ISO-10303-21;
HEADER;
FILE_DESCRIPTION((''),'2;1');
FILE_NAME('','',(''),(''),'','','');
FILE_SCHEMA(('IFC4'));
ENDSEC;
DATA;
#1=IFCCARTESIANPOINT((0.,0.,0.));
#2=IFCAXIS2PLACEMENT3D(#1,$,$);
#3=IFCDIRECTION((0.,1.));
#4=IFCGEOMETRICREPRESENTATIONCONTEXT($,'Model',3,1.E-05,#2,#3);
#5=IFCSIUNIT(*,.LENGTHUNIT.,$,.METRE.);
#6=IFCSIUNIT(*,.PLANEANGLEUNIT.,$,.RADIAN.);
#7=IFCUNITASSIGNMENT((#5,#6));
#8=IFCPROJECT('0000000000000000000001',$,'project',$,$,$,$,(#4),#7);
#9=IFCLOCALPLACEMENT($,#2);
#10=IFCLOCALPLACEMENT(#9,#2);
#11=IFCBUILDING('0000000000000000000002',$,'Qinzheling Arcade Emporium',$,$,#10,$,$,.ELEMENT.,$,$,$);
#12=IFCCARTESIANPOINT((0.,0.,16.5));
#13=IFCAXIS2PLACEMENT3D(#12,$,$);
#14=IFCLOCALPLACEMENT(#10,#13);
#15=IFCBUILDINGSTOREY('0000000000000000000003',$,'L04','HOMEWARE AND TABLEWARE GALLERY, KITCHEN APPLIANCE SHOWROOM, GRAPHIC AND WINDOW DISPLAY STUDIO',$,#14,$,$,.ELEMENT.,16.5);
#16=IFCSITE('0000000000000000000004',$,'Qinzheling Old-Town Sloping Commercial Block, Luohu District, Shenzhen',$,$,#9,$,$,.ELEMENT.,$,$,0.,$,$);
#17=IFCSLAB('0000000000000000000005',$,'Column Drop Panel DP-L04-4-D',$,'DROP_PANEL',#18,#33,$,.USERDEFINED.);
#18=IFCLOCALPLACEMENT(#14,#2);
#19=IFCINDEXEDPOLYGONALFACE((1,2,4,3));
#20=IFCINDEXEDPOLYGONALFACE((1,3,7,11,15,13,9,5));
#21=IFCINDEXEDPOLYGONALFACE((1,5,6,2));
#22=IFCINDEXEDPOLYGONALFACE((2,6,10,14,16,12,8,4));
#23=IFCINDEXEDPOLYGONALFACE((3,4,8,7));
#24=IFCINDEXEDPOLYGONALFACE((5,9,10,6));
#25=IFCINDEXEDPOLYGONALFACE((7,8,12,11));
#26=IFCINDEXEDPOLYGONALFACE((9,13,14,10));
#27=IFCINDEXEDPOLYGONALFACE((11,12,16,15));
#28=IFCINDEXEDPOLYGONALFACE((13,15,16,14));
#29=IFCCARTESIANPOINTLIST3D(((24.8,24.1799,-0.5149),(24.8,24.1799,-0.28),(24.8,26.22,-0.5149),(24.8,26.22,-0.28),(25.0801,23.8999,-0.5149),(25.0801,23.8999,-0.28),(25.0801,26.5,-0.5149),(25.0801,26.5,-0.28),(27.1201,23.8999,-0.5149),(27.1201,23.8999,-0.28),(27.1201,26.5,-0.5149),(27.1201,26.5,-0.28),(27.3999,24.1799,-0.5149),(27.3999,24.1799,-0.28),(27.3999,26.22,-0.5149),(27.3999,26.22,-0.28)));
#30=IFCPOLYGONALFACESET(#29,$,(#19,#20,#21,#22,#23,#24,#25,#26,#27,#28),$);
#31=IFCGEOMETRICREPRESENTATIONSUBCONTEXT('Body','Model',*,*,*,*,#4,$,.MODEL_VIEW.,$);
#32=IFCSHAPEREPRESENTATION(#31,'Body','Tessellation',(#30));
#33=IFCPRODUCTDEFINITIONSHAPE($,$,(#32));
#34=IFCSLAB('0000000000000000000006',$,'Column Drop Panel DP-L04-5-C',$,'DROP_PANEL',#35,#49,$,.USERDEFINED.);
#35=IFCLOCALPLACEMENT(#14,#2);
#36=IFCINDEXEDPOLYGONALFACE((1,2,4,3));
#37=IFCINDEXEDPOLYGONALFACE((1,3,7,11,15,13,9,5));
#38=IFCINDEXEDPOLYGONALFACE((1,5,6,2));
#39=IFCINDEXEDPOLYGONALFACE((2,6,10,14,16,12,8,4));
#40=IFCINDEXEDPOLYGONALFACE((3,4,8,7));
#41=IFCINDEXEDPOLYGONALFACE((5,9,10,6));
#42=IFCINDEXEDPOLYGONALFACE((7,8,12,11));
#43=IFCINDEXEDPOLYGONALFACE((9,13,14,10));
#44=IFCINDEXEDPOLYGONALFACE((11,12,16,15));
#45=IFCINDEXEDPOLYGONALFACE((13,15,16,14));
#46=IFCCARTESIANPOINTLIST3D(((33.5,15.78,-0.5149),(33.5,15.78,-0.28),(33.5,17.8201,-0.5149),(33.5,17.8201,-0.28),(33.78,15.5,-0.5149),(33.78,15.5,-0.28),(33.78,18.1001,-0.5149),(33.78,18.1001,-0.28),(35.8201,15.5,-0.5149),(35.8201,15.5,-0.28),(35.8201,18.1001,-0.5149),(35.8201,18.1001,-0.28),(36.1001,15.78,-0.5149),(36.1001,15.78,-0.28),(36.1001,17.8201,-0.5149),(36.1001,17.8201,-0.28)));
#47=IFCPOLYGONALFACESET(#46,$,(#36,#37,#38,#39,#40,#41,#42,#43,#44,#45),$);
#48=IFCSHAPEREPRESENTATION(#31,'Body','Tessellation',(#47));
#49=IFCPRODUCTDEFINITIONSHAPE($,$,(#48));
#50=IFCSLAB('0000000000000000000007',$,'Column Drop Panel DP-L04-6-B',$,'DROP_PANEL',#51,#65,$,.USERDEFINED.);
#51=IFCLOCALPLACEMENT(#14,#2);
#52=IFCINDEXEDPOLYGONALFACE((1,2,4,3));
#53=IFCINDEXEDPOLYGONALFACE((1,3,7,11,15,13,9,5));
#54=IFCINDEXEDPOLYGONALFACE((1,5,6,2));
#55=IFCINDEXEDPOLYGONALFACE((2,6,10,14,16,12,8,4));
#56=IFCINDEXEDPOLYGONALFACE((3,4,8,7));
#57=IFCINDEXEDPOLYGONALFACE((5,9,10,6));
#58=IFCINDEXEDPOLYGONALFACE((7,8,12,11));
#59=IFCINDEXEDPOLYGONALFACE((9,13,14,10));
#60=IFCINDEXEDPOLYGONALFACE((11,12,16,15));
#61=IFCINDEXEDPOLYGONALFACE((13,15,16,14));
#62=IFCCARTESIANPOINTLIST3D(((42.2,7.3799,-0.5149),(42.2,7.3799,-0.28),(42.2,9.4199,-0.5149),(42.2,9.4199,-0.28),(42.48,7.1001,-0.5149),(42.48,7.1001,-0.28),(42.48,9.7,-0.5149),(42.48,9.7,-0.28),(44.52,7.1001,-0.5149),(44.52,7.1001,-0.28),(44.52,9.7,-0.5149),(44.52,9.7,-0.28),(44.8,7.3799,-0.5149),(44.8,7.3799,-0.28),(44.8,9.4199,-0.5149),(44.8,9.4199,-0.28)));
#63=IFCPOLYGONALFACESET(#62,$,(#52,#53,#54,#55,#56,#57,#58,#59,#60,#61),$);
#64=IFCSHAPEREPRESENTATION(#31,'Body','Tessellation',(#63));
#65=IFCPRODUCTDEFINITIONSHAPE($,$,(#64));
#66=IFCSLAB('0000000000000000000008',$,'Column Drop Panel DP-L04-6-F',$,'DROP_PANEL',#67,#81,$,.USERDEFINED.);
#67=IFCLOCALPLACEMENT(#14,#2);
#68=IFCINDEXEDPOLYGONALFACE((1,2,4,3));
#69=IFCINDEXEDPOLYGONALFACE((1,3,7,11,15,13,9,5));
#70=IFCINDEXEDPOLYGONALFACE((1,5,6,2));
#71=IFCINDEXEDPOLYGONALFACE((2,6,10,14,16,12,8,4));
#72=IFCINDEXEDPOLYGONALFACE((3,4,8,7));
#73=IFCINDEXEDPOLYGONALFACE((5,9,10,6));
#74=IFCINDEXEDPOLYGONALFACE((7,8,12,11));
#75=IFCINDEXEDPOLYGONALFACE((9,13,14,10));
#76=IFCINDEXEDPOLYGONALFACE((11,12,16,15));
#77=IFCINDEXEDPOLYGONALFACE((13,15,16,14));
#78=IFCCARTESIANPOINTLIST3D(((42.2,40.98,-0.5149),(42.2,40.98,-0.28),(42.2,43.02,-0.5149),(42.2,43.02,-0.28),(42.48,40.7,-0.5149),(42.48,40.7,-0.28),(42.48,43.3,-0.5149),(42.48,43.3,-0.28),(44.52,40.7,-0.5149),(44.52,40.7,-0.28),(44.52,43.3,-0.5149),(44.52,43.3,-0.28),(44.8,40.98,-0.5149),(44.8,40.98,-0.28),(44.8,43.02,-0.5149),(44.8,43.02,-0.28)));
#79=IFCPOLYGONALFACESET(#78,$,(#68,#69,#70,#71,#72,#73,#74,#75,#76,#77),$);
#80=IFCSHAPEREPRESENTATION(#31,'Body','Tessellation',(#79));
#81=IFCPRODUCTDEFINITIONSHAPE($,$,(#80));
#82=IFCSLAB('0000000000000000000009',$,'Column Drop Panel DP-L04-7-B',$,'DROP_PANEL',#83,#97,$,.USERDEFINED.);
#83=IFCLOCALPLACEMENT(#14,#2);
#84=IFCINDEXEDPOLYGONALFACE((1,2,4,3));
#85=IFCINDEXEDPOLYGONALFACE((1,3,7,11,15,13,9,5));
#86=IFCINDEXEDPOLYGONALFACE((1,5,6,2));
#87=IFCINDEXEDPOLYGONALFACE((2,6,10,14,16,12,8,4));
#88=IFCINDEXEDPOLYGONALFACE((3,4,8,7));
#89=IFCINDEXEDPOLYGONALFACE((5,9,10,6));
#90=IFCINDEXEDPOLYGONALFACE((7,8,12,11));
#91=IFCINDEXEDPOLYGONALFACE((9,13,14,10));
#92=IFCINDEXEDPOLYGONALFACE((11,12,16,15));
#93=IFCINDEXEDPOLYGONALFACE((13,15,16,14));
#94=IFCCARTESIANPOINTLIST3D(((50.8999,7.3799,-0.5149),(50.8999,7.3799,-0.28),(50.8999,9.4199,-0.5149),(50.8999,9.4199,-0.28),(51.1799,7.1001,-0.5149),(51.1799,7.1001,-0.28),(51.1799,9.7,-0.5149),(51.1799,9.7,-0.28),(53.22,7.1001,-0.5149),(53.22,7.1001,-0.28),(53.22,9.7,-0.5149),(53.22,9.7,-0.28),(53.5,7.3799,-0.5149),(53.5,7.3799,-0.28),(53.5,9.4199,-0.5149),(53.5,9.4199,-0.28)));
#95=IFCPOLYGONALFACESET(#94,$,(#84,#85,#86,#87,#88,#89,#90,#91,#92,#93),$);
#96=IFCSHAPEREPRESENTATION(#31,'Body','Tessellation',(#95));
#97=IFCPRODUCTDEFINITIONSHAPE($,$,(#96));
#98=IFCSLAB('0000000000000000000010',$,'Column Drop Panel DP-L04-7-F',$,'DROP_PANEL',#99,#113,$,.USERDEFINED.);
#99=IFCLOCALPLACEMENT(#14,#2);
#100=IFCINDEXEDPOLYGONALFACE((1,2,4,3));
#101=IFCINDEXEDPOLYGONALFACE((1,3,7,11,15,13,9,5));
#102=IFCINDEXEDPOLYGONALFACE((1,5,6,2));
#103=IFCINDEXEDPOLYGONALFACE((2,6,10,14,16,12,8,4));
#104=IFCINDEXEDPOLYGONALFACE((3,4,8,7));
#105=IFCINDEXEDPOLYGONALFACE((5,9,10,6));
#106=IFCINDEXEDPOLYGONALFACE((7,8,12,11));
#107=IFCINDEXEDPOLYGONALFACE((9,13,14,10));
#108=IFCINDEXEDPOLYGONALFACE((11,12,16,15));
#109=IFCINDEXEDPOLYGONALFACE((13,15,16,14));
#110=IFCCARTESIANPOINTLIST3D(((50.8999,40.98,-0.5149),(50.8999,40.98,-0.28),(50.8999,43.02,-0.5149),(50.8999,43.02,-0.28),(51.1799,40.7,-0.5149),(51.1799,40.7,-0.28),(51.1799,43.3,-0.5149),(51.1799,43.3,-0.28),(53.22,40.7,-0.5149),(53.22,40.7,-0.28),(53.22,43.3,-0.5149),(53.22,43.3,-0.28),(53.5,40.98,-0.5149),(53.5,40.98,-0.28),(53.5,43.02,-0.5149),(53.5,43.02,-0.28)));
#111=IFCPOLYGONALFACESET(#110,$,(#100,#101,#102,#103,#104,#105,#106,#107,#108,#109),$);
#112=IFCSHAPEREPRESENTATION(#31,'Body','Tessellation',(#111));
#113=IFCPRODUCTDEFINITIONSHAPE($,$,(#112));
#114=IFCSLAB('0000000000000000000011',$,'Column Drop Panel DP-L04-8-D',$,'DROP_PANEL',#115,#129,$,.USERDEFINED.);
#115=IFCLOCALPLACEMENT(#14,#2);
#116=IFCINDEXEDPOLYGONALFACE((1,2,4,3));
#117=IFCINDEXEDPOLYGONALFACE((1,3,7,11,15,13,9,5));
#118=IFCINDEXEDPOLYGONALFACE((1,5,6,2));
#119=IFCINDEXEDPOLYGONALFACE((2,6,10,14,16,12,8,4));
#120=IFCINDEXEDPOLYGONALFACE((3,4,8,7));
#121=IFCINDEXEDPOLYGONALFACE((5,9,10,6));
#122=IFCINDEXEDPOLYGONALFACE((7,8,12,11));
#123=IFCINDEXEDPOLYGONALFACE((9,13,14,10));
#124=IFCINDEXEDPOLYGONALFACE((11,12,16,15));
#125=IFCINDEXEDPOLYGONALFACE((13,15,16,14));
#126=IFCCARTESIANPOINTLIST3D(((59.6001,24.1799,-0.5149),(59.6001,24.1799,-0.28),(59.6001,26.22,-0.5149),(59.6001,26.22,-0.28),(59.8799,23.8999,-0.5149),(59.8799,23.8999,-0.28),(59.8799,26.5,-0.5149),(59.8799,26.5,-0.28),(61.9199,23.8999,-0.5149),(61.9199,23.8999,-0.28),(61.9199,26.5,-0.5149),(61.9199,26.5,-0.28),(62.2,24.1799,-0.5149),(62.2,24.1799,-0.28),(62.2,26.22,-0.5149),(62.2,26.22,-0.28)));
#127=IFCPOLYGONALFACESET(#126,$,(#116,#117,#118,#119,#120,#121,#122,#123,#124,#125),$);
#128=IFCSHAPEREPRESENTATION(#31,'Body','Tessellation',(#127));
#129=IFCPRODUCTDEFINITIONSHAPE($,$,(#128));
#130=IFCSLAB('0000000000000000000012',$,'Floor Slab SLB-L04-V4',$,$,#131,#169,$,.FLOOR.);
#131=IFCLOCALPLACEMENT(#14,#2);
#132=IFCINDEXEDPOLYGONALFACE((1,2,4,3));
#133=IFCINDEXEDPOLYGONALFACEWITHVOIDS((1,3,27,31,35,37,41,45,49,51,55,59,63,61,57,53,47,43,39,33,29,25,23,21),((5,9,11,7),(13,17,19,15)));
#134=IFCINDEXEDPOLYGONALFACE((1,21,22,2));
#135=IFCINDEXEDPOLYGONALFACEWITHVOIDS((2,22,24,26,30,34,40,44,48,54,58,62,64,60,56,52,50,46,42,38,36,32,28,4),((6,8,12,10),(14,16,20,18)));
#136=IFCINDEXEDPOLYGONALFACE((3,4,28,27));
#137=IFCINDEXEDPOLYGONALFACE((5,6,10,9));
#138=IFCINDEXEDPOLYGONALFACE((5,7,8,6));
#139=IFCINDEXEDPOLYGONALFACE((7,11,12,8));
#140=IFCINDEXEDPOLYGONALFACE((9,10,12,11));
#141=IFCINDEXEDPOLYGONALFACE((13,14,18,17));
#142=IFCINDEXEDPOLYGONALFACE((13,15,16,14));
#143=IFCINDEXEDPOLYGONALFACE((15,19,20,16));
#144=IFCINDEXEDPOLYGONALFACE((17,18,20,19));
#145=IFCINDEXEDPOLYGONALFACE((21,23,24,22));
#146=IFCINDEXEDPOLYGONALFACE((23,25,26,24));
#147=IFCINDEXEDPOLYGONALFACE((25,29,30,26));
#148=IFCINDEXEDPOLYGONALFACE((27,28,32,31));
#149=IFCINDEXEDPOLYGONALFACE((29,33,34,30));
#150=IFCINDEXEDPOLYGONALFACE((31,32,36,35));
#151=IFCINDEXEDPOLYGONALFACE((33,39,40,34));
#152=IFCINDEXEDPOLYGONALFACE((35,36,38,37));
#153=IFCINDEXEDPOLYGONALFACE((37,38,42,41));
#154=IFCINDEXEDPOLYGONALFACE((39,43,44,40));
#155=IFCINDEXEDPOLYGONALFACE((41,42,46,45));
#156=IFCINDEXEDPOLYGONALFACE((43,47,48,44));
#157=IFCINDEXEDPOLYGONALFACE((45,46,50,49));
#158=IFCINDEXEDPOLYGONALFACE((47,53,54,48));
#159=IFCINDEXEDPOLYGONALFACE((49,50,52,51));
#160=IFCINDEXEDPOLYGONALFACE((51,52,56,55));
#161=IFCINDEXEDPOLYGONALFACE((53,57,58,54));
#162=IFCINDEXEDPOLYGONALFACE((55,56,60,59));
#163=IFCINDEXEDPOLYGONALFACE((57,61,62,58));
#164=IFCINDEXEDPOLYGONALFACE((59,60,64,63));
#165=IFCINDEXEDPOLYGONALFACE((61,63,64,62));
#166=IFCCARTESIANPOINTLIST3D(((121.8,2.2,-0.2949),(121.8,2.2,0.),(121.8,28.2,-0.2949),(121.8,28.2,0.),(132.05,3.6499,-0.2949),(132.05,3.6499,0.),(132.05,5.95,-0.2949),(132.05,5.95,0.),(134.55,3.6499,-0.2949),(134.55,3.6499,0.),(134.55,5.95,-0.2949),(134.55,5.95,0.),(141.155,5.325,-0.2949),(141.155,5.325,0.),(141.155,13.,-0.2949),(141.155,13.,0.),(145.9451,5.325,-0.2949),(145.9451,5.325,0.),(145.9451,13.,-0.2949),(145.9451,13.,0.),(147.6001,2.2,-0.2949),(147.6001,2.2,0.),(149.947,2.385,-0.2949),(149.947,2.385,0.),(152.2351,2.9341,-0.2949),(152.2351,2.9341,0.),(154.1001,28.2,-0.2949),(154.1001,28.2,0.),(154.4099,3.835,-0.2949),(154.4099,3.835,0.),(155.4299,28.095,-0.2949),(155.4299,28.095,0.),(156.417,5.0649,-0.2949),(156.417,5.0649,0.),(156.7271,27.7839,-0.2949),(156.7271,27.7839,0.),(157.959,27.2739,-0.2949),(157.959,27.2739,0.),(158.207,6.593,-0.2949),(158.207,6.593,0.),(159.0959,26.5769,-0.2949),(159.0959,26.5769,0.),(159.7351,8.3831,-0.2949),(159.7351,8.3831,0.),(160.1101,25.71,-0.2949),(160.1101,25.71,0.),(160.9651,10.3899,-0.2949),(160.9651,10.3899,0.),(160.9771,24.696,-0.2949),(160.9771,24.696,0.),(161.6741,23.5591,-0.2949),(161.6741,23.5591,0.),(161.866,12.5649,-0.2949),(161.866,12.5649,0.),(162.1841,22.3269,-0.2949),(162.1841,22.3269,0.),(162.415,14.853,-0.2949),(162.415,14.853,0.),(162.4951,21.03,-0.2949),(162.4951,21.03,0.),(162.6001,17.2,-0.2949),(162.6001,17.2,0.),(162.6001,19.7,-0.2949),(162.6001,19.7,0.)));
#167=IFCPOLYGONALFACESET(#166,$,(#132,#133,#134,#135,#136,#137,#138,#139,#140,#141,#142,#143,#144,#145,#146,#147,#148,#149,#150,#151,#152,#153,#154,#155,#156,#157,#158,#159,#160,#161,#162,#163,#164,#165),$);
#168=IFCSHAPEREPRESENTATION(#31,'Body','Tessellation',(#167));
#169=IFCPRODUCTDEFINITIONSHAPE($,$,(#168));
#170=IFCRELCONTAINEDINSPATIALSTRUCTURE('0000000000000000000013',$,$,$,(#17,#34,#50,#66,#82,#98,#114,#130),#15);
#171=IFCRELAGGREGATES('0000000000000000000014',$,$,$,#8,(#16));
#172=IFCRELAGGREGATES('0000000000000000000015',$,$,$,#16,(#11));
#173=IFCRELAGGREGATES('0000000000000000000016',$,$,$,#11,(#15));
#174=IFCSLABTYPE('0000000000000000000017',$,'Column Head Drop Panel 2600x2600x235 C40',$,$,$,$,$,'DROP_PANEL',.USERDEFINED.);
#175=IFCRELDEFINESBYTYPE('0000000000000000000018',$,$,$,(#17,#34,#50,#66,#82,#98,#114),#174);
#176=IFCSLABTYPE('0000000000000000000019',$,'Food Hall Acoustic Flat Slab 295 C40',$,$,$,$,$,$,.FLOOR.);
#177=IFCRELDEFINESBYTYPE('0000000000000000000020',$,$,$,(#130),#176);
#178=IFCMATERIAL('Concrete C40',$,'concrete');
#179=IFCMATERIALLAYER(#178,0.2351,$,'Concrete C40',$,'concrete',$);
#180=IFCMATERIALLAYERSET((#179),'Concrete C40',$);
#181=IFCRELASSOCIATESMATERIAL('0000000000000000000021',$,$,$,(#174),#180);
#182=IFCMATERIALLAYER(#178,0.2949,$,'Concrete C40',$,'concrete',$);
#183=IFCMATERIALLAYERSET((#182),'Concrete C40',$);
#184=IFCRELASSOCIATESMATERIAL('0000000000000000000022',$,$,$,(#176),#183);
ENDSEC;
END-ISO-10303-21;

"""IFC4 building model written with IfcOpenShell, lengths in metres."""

from ifc_helpers import new_model, si_unit, direction, frame, origin, place, context, subcontext, project, spatial, polyline, outline, extrude, material, layer, layer_set, type_object, element, save


model = new_model("IFC4")

# Units and contexts
model_context = context("Model", 3, precision=1e-05, world=origin(), true_north=direction((0.0, 1.0)))
body_context = subcontext(model_context, "Body", "Model", "MODEL_VIEW")
ifc_project = project(units=[si_unit("LENGTHUNIT", "METRE"), si_unit("PLANEANGLEUNIT", "RADIAN")], contexts=[model_context])

# Site, building, storey
site_placement = place(None, origin())
site = spatial("IfcSite", under=ifc_project, at=site_placement, Name="Qinzheling Old-Town Sloping Commercial Block, Luohu District, Shenzhen", CompositionType="ELEMENT", RefElevation=0.0)
building_placement = place(site_placement, origin())
building = spatial("IfcBuilding", under=site, at=building_placement, Name="Qinzheling Arcade Emporium", CompositionType="ELEMENT")
storey_placement = place(building_placement, frame((0.0, 0.0, 16.5)))
storey = spatial("IfcBuildingStorey", under=building, at=storey_placement, Name="L04", Description="HOMEWARE AND TABLEWARE GALLERY, KITCHEN APPLIANCE SHOWROOM, GRAPHIC AND WINDOW DISPLAY STUDIO", CompositionType="ELEMENT", Elevation=16.5)

# Slabs
ifc_material = material(Name="Concrete C40", Category="concrete")
ifc_layer_1 = layer(ifc_material, 0.2351, Name="Concrete C40", Category="concrete")
ifc_layer_set_1 = layer_set([ifc_layer_1], Name="Concrete C40")
slab_type_1 = type_object("IfcSlabType", Name="Column Head Drop Panel 2600x2600x235 C40", ElementType="DROP_PANEL", PredefinedType="USERDEFINED", material=ifc_layer_set_1)
slab_1_placement = place(storey_placement, frame((0.0, 0.0, -0.5149)))
element("IfcSlab", 1, at=slab_1_placement, inside=storey, type_object=slab_type_1, Name="Column Drop Panel DP-L04-4-D", ObjectType="DROP_PANEL", PredefinedType="USERDEFINED", context=body_context, shape_type="SweptSolid", body=[
    extrude(outline(polyline([(25.0801, 23.8999), (27.1201, 23.8999), (27.3999, 24.1799), (27.3999, 26.22), (27.1201, 26.5), (25.0801, 26.5), (24.8, 26.22), (24.8, 24.1799), (25.0801, 23.8999)])), origin(), (0.0, 0.0, 1.0), 0.2349),
])
slab_2_placement = place(storey_placement, frame((0.0, 0.0, -0.5149)))
element("IfcSlab", 2, at=slab_2_placement, inside=storey, type_object=slab_type_1, Name="Column Drop Panel DP-L04-5-C", ObjectType="DROP_PANEL", PredefinedType="USERDEFINED", context=body_context, shape_type="SweptSolid", body=[
    extrude(outline(polyline([(33.78, 15.5), (35.8201, 15.5), (36.1001, 15.78), (36.1001, 17.8201), (35.8201, 18.1001), (33.78, 18.1001), (33.5, 17.8201), (33.5, 15.78), (33.78, 15.5)])), origin(), (0.0, 0.0, 1.0), 0.2349),
])
slab_3_placement = place(storey_placement, frame((0.0, 0.0, -0.5149)))
element("IfcSlab", 3, at=slab_3_placement, inside=storey, type_object=slab_type_1, Name="Column Drop Panel DP-L04-6-B", ObjectType="DROP_PANEL", PredefinedType="USERDEFINED", context=body_context, shape_type="SweptSolid", body=[
    extrude(outline(polyline([(42.48, 7.1001), (44.52, 7.1001), (44.8, 7.3799), (44.8, 9.4199), (44.52, 9.7), (42.48, 9.7), (42.2, 9.4199), (42.2, 7.3799), (42.48, 7.1001)])), origin(), (0.0, 0.0, 1.0), 0.2349),
])
slab_4_placement = place(storey_placement, frame((0.0, 0.0, -0.5149)))
element("IfcSlab", 4, at=slab_4_placement, inside=storey, type_object=slab_type_1, Name="Column Drop Panel DP-L04-6-F", ObjectType="DROP_PANEL", PredefinedType="USERDEFINED", context=body_context, shape_type="SweptSolid", body=[
    extrude(outline(polyline([(42.48, 40.7), (44.52, 40.7), (44.8, 40.98), (44.8, 43.02), (44.52, 43.3), (42.48, 43.3), (42.2, 43.02), (42.2, 40.98), (42.48, 40.7)])), origin(), (0.0, 0.0, 1.0), 0.2349),
])
slab_5_placement = place(storey_placement, frame((0.0, 0.0, -0.5149)))
element("IfcSlab", 5, at=slab_5_placement, inside=storey, type_object=slab_type_1, Name="Column Drop Panel DP-L04-7-B", ObjectType="DROP_PANEL", PredefinedType="USERDEFINED", context=body_context, shape_type="SweptSolid", body=[
    extrude(outline(polyline([(51.1799, 7.1001), (53.22, 7.1001), (53.5, 7.3799), (53.5, 9.4199), (53.22, 9.7), (51.1799, 9.7), (50.8999, 9.4199), (50.8999, 7.3799), (51.1799, 7.1001)])), origin(), (0.0, 0.0, 1.0), 0.2349),
])
slab_6_placement = place(storey_placement, frame((0.0, 0.0, -0.5149)))
element("IfcSlab", 6, at=slab_6_placement, inside=storey, type_object=slab_type_1, Name="Column Drop Panel DP-L04-7-F", ObjectType="DROP_PANEL", PredefinedType="USERDEFINED", context=body_context, shape_type="SweptSolid", body=[
    extrude(outline(polyline([(51.1799, 40.7), (53.22, 40.7), (53.5, 40.98), (53.5, 43.02), (53.22, 43.3), (51.1799, 43.3), (50.8999, 43.02), (50.8999, 40.98), (51.1799, 40.7)])), origin(), (0.0, 0.0, 1.0), 0.2349),
])
slab_7_placement = place(storey_placement, frame((0.0, 0.0, -0.5149)))
element("IfcSlab", 7, at=slab_7_placement, inside=storey, type_object=slab_type_1, Name="Column Drop Panel DP-L04-8-D", ObjectType="DROP_PANEL", PredefinedType="USERDEFINED", context=body_context, shape_type="SweptSolid", body=[
    extrude(outline(polyline([(59.8799, 23.8999), (61.9199, 23.8999), (62.2, 24.1799), (62.2, 26.22), (61.9199, 26.5), (59.8799, 26.5), (59.6001, 26.22), (59.6001, 24.1799), (59.8799, 23.8999)])), origin(), (0.0, 0.0, 1.0), 0.2349),
])
ifc_layer_2 = layer(ifc_material, 0.2949, Name="Concrete C40", Category="concrete")
ifc_layer_set_2 = layer_set([ifc_layer_2], Name="Concrete C40")
slab_type_2 = type_object("IfcSlabType", Name="Food Hall Acoustic Flat Slab 295 C40", PredefinedType="FLOOR", material=ifc_layer_set_2)
slab_8_placement = place(storey_placement, frame((0.0, 0.0, -0.2949)))
element("IfcSlab", 8, at=slab_8_placement, inside=storey, type_object=slab_type_2, Name="Floor Slab SLB-L04-V4", PredefinedType="FLOOR", context=body_context, shape_type="SweptSolid", body=[
    extrude(outline(polyline([(121.8, 28.2), (121.8, 2.2), (147.6001, 2.2), (149.947, 2.385), (152.2351, 2.9341), (154.4099, 3.835), (156.417, 5.0649), (158.207, 6.593), (159.7351, 8.3831), (160.9651, 10.3899), (161.866, 12.5649), (162.415, 14.853), (162.6001, 17.2), (162.6001, 19.7), (162.4951, 21.03), (162.1841, 22.3269), (161.6741, 23.5591), (160.9771, 24.696), (160.1101, 25.71), (159.0959, 26.5769), (157.959, 27.2739), (156.7271, 27.7839), (155.4299, 28.095), (154.1001, 28.2), (121.8, 28.2)]), holes=[polyline([(145.9451, 5.325), (141.155, 5.325), (141.155, 13.0), (145.9451, 13.0), (145.9451, 5.325)]), polyline([(134.55, 3.6499), (132.05, 3.6499), (132.05, 5.95), (134.55, 5.95), (134.55, 3.6499)])]), origin(), (0.0, 0.0, 1.0), 0.2949),
])

save(model, "model.ifc")
